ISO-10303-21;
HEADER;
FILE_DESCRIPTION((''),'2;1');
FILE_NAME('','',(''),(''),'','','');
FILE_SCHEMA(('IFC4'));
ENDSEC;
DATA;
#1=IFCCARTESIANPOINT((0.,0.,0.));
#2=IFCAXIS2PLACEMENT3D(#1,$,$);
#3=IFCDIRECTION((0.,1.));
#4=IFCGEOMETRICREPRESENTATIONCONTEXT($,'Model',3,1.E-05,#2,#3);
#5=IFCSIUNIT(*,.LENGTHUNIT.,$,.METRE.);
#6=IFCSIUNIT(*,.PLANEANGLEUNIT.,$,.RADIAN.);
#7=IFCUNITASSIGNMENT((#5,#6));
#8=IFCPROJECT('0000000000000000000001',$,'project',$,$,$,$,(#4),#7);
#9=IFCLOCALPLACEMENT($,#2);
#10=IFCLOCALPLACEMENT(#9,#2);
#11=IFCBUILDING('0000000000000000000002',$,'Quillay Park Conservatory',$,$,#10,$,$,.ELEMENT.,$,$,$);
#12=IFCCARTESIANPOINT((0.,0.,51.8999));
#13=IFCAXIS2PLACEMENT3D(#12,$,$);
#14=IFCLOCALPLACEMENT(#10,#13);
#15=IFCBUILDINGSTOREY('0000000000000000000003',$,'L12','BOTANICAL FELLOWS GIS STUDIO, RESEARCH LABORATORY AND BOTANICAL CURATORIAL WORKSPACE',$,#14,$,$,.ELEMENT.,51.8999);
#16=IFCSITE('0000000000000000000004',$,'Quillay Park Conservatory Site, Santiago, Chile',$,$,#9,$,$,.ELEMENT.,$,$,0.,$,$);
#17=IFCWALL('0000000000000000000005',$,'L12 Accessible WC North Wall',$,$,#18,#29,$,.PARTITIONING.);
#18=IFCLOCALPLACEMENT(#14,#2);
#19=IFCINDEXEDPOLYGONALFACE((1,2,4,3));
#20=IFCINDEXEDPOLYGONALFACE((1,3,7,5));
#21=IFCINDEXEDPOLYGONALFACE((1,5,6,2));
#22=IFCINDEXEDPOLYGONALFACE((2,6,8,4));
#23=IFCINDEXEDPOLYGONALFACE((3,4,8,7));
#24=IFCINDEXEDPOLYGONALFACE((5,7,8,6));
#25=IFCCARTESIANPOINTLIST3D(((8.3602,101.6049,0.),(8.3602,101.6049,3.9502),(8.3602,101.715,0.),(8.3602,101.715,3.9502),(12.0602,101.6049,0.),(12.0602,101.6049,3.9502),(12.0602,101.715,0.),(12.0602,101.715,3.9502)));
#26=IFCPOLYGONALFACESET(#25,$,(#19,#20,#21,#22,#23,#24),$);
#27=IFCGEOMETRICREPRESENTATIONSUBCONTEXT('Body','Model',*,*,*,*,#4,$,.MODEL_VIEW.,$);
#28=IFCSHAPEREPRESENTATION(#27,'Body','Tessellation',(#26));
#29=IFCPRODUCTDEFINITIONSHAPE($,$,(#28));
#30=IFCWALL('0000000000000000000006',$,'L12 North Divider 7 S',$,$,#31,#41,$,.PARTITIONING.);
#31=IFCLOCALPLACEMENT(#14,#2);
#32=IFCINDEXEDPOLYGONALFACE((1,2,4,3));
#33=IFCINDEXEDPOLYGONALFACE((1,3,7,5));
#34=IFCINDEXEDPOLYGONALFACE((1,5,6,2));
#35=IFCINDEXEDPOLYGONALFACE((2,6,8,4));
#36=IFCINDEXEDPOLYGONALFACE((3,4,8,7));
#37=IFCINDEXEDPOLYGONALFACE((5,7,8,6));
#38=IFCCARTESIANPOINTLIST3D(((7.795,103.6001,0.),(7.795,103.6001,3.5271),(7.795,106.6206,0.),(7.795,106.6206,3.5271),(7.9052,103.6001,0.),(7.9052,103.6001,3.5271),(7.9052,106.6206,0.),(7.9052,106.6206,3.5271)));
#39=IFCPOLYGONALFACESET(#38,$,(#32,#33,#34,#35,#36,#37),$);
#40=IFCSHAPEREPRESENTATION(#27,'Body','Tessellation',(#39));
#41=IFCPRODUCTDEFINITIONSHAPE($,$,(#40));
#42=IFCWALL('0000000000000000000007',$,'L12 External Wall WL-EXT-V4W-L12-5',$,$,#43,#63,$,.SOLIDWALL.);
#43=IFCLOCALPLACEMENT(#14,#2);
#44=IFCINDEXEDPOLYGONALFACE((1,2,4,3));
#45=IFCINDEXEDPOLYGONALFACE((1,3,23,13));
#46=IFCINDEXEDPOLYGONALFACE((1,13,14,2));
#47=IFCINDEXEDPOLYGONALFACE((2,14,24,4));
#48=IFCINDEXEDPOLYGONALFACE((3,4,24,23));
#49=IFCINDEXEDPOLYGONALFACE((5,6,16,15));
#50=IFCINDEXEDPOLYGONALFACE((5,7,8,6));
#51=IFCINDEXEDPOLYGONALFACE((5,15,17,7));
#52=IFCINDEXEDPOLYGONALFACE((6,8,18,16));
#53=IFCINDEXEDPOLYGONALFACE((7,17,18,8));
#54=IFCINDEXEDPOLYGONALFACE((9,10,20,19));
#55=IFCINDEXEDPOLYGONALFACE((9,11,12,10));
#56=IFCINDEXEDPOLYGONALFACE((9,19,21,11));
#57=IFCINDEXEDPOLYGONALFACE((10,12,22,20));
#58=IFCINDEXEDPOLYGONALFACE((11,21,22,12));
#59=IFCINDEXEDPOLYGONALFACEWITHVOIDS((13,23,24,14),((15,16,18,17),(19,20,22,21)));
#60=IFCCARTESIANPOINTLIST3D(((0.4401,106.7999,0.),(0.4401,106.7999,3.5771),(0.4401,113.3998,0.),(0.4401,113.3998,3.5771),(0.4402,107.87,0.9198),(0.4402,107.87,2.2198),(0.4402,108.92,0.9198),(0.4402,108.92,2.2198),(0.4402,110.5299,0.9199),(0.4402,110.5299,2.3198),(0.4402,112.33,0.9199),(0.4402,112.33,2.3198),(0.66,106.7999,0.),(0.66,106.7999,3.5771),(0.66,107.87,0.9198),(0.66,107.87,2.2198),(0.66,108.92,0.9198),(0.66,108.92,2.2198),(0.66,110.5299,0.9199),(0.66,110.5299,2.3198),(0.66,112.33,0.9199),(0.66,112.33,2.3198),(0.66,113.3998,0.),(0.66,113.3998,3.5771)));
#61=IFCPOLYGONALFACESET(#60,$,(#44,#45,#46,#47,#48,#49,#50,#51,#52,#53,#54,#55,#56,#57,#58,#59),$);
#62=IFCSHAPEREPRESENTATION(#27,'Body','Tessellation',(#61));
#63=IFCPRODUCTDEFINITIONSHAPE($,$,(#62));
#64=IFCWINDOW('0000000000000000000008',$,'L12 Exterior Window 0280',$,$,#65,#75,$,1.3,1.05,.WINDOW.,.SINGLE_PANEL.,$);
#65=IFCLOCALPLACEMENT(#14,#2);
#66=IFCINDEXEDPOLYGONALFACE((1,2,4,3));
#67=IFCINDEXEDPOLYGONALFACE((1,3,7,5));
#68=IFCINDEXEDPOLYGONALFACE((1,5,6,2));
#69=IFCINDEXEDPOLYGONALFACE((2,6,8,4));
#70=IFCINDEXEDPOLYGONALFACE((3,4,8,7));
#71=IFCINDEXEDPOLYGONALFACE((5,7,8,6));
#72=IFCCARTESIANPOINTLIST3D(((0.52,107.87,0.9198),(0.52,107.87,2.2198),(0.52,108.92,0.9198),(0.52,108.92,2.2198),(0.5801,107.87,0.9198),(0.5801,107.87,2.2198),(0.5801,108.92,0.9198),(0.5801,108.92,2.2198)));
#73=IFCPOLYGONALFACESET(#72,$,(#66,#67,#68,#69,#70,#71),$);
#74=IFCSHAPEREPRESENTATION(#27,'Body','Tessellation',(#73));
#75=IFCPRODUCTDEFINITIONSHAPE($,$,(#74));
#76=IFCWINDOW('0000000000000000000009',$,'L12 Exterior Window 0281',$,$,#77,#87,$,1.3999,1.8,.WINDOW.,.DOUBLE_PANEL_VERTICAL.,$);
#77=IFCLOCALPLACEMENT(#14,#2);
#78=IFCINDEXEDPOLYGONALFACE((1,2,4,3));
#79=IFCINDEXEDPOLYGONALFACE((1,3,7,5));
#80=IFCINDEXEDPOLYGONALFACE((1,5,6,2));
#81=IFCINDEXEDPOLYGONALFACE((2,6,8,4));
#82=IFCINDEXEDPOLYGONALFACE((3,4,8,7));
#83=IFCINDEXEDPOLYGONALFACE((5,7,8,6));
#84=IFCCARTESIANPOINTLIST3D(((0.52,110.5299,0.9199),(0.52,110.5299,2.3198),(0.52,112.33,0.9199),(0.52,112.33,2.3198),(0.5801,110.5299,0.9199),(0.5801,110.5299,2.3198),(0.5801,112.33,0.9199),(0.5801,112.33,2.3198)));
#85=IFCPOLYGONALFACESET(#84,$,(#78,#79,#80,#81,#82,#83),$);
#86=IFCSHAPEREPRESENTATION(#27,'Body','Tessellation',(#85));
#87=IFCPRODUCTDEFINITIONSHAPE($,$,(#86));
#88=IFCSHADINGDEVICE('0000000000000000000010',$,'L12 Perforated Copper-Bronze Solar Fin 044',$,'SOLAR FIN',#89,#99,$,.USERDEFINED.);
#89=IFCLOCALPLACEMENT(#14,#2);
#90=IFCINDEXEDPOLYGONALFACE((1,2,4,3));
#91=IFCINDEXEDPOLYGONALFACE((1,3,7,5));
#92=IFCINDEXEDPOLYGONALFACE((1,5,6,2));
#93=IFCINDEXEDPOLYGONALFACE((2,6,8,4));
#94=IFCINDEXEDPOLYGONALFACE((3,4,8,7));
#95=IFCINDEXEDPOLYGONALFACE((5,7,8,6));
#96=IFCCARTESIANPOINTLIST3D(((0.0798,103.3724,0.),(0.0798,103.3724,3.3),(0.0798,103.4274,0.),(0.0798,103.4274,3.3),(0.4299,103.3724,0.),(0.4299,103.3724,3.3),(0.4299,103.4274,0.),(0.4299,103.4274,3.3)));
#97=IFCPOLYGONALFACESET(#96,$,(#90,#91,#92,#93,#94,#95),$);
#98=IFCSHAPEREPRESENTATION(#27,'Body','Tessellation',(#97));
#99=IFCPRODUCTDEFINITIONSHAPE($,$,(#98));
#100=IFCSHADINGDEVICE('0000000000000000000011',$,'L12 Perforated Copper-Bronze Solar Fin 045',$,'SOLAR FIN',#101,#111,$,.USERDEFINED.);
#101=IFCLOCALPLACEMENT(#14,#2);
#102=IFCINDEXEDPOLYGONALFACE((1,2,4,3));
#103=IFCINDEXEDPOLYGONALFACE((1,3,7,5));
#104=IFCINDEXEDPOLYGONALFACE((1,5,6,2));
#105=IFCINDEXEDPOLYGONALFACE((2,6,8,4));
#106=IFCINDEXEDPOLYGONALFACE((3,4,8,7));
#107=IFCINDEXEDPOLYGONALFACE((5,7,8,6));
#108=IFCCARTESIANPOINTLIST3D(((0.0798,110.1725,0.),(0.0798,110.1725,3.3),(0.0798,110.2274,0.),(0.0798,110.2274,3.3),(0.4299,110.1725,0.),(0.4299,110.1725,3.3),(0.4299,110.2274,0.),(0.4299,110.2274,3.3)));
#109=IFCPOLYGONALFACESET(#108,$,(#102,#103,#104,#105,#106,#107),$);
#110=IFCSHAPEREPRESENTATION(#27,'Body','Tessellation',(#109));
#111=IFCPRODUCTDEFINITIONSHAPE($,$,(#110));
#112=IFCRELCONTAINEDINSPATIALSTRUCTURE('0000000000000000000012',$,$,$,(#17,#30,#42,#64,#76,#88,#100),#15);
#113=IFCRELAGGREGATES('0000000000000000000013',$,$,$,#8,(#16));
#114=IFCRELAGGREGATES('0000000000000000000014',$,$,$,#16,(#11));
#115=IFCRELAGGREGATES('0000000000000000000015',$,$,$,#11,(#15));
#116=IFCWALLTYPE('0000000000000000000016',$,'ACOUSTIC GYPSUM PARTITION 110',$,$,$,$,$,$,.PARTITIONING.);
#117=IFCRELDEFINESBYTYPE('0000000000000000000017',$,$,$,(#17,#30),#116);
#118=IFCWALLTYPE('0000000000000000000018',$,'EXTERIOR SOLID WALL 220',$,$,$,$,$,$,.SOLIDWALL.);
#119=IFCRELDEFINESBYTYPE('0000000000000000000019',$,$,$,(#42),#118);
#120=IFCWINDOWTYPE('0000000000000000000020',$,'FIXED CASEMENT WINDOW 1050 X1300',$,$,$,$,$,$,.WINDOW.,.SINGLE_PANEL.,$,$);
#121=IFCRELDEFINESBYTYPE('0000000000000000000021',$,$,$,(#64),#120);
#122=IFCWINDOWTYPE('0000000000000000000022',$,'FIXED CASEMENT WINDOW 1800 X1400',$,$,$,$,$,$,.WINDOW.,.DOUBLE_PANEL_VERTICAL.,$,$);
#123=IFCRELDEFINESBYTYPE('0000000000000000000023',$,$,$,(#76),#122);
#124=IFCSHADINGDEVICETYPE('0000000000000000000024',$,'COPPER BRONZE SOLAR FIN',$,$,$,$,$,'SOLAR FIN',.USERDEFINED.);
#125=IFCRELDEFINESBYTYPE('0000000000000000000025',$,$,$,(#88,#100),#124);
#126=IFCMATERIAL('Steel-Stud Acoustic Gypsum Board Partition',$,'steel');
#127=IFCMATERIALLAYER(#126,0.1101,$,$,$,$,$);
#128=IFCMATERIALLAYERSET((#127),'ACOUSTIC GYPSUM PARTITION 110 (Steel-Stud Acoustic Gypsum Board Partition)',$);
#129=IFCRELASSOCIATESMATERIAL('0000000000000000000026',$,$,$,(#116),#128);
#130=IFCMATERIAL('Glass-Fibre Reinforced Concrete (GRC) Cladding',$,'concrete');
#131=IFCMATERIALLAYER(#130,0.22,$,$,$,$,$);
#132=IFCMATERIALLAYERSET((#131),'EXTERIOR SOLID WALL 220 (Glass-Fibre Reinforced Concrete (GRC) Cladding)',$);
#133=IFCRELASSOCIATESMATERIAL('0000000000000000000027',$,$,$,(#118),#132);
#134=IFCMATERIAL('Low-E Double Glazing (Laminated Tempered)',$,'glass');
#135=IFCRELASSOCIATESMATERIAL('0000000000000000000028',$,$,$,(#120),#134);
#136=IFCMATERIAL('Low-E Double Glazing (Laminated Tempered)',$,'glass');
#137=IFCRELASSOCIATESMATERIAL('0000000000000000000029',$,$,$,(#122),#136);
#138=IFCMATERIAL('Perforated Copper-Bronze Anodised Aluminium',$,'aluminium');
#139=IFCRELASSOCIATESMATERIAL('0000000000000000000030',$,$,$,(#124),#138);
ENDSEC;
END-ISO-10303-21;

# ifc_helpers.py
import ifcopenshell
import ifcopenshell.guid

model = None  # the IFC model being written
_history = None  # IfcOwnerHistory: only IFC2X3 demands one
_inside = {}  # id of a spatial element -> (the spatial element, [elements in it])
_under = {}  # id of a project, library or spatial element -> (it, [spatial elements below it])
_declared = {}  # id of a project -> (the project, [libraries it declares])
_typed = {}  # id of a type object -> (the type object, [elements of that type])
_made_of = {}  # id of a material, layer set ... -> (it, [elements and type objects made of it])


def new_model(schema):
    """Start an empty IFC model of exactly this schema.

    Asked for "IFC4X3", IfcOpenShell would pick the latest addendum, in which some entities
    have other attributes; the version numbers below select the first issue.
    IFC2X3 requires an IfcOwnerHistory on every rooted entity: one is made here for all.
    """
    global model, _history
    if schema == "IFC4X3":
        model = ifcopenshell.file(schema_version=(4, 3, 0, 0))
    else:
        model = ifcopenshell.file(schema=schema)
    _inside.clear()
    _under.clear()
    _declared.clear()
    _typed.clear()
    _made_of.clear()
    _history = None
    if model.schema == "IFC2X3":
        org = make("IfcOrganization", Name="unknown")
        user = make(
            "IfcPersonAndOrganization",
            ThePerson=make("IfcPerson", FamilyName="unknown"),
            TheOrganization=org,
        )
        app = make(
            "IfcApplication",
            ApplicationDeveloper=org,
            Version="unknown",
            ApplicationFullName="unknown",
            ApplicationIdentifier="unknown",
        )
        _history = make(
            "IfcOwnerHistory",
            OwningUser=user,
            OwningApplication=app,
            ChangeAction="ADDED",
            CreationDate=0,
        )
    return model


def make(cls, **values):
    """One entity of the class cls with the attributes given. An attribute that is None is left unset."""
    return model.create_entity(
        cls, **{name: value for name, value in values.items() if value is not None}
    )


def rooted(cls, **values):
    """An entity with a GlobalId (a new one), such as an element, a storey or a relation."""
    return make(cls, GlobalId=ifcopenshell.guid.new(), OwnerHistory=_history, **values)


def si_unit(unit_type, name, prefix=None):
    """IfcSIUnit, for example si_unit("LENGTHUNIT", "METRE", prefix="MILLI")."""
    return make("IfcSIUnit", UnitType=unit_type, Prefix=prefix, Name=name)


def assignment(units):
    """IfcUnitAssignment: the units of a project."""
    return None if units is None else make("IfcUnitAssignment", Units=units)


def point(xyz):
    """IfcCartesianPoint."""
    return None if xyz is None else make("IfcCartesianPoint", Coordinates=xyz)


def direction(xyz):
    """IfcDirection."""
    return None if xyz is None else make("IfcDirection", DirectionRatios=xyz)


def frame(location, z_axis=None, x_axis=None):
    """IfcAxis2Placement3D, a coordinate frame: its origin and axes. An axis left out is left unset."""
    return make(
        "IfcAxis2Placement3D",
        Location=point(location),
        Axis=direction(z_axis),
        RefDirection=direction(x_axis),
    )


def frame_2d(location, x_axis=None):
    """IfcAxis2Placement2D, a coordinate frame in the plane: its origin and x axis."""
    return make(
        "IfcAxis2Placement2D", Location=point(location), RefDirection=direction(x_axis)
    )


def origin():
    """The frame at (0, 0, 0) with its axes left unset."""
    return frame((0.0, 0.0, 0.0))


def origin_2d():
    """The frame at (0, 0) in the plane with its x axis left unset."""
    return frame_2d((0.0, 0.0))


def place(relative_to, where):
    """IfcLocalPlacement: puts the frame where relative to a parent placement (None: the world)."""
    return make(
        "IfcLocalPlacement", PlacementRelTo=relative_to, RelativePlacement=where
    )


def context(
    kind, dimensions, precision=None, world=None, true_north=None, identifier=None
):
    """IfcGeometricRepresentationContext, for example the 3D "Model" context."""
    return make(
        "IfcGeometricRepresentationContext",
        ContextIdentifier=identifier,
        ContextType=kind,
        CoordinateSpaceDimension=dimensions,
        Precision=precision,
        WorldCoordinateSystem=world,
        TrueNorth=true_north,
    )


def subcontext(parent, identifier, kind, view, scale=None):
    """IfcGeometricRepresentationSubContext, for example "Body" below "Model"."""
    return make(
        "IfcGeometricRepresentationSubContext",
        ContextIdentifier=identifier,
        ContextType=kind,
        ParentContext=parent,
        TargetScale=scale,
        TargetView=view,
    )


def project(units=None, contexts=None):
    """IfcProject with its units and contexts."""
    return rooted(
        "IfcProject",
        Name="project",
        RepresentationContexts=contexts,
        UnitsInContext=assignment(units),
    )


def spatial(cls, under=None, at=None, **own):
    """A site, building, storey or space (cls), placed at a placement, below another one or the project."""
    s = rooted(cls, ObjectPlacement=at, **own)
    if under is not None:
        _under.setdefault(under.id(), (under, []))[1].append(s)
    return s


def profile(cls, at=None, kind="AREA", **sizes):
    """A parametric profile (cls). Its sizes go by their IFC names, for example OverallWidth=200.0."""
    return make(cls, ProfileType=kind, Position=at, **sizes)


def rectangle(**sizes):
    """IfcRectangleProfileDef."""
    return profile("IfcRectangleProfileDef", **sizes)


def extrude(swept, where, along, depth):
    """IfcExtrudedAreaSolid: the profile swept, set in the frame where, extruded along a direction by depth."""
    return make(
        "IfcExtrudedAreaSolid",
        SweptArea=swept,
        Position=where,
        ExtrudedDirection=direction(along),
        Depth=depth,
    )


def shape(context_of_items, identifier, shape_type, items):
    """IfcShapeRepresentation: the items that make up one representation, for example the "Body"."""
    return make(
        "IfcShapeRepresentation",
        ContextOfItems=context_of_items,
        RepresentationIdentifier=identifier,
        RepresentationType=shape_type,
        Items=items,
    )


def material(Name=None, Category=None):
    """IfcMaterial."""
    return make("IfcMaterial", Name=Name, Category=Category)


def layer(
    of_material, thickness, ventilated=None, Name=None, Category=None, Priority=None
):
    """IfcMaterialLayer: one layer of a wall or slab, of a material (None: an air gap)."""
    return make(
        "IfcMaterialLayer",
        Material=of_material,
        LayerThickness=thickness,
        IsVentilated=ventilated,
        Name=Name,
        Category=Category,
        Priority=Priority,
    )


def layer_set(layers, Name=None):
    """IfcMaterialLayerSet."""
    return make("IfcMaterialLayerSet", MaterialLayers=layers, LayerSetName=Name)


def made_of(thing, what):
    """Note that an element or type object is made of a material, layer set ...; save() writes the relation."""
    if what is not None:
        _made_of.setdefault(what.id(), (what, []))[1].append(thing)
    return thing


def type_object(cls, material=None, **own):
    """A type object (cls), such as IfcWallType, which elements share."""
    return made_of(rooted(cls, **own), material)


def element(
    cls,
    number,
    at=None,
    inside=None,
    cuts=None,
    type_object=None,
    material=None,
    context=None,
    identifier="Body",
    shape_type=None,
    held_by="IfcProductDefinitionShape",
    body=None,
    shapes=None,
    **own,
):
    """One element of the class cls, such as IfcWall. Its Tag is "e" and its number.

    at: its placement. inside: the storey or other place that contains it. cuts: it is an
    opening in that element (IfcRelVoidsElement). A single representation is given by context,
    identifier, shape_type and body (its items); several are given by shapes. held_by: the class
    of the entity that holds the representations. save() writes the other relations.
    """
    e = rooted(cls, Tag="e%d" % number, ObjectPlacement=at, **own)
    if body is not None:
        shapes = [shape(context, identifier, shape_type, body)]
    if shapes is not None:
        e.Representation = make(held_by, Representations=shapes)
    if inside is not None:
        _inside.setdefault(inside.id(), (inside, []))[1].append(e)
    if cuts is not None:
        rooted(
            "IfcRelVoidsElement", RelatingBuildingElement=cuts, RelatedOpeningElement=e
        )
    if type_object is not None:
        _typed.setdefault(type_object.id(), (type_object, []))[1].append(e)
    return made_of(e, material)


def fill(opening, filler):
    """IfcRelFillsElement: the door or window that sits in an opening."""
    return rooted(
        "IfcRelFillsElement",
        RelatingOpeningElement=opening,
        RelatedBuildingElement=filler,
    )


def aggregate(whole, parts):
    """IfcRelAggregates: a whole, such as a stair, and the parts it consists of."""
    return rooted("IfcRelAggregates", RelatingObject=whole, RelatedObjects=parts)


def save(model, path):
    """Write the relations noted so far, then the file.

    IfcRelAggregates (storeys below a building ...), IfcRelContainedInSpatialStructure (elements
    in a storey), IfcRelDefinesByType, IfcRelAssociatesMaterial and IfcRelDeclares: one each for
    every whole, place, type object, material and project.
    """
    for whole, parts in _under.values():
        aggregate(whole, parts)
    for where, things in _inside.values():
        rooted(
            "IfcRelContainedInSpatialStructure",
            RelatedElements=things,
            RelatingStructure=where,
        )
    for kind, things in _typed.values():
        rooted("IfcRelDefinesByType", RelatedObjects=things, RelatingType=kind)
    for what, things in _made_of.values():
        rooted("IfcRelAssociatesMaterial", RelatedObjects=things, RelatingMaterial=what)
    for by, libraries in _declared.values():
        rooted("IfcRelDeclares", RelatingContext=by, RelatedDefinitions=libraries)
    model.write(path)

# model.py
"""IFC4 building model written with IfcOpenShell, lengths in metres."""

from ifc_helpers import new_model, si_unit, direction, frame, frame_2d, origin, origin_2d, place, context, subcontext, project, spatial, rectangle, extrude, material, layer, layer_set, type_object, element, fill, save


model = new_model("IFC4")

# Units and contexts
model_context = context("Model", 3, precision=1e-05, world=origin(), true_north=direction((0.0, 1.0)))
body_context = subcontext(model_context, "Body", "Model", "MODEL_VIEW")
ifc_project = project(units=[si_unit("LENGTHUNIT", "METRE"), si_unit("PLANEANGLEUNIT", "RADIAN")], contexts=[model_context])

# Site, building, storey
site_placement = place(None, origin())
site = spatial("IfcSite", under=ifc_project, at=site_placement, Name="Quillay Park Conservatory Site, Santiago, Chile", CompositionType="ELEMENT", RefElevation=0.0)
building_placement = place(site_placement, origin())
building = spatial("IfcBuilding", under=site, at=building_placement, Name="Quillay Park Conservatory", CompositionType="ELEMENT")
storey_placement = place(building_placement, frame((0.0, 0.0, 51.8999)))
storey = spatial("IfcBuildingStorey", under=building, at=storey_placement, Name="L12", Description="BOTANICAL FELLOWS GIS STUDIO, RESEARCH LABORATORY AND BOTANICAL CURATORIAL WORKSPACE", CompositionType="ELEMENT", Elevation=51.8999)

# Walls
ifc_material_1 = material(Name="Steel-Stud Acoustic Gypsum Board Partition", Category="steel")
ifc_layer_1 = layer(ifc_material_1, 0.1101)
ifc_layer_set_1 = layer_set([ifc_layer_1], Name="ACOUSTIC GYPSUM PARTITION 110 (Steel-Stud Acoustic Gypsum Board Partition)")
wall_type_1 = type_object("IfcWallType", Name="ACOUSTIC GYPSUM PARTITION 110", PredefinedType="PARTITIONING", material=ifc_layer_set_1)
wall_1_placement = place(storey_placement, frame((8.3601, 101.6599, 0.0), z_axis=(0.0, 0.0, 1.0), x_axis=(1.0, 0.0, 0.0)))
element("IfcWall", 1, at=wall_1_placement, inside=storey, type_object=wall_type_1, Name="L12 Accessible WC North Wall", PredefinedType="PARTITIONING", context=body_context, shape_type="SweptSolid", body=[
    extrude(rectangle(XDim=3.7, YDim=0.1101, at=frame_2d((1.8501, 0.0))), origin(), (0.0, 0.0, 1.0), 3.9502),
])
wall_2_placement = place(storey_placement, frame((7.8501, 106.6206, 0.0), z_axis=(0.0, 0.0, 1.0), x_axis=(0.0, -1.0, 0.0)))
element("IfcWall", 2, at=wall_2_placement, inside=storey, type_object=wall_type_1, Name="L12 North Divider 7 S", PredefinedType="PARTITIONING", context=body_context, shape_type="SweptSolid", body=[
    extrude(rectangle(XDim=3.0205, YDim=0.1101, at=frame_2d((1.5103, 0.0))), origin(), (0.0, 0.0, 1.0), 3.5271),
])

# Wall, openings, windows
ifc_material_2 = material(Name="Glass-Fibre Reinforced Concrete (GRC) Cladding", Category="concrete")
ifc_layer_2 = layer(ifc_material_2, 0.22)
ifc_layer_set_2 = layer_set([ifc_layer_2], Name="EXTERIOR SOLID WALL 220 (Glass-Fibre Reinforced Concrete (GRC) Cladding)")
wall_type_2 = type_object("IfcWallType", Name="EXTERIOR SOLID WALL 220", PredefinedType="SOLIDWALL", material=ifc_layer_set_2)
wall_3_placement = place(storey_placement, frame((0.55, 106.8, 0.0), z_axis=(0.0, 0.0, 1.0), x_axis=(0.0, 1.0, 0.0)))
wall_3 = element("IfcWall", 3, at=wall_3_placement, inside=storey, type_object=wall_type_2, Name="L12 External Wall WL-EXT-V4W-L12-5", PredefinedType="SOLIDWALL", context=body_context, shape_type="SweptSolid", body=[
    extrude(rectangle(XDim=6.5999, YDim=0.22, at=frame_2d((3.2998, 0.0))), origin(), (0.0, 0.0, 1.0), 3.5771),
])
opening_1_placement = place(wall_3_placement, frame((1.0701, 0.0, 0.9199)))
opening_1 = element("IfcOpeningElement", 4, at=opening_1_placement, cuts=wall_3, PredefinedType="OPENING", context=body_context, shape_type="SweptSolid", body=[
    extrude(rectangle(XDim=1.05, YDim=1.3, at=frame_2d((0.5249, 0.6499))), frame((0.0, 0.1099, 0.0), z_axis=(0.0, -1.0, 0.0), x_axis=(1.0, 0.0, 0.0)), (0.0, 0.0, 1.0), 0.22),
])
opening_2_placement = place(wall_3_placement, frame((3.73, 0.0, 0.9199)))
opening_2 = element("IfcOpeningElement", 5, at=opening_2_placement, cuts=wall_3, PredefinedType="OPENING", context=body_context, shape_type="SweptSolid", body=[
    extrude(rectangle(XDim=1.8, YDim=1.3999, at=frame_2d((0.8999, 0.7))), frame((0.0, 0.1099, 0.0), z_axis=(0.0, -1.0, 0.0), x_axis=(1.0, 0.0, 0.0)), (0.0, 0.0, 1.0), 0.22),
])
ifc_material_3 = material(Name="Low-E Double Glazing (Laminated Tempered)", Category="glass")
window_type_1 = type_object("IfcWindowType", Name="FIXED CASEMENT WINDOW 1050 X1300", PartitioningType="SINGLE_PANEL", PredefinedType="WINDOW", material=ifc_material_3)
window_1_placement = place(opening_1_placement, origin())
window_1 = element("IfcWindow", 6, at=window_1_placement, inside=storey, type_object=window_type_1, Name="L12 Exterior Window 0280", OverallHeight=1.3, OverallWidth=1.05, PartitioningType="SINGLE_PANEL", PredefinedType="WINDOW", context=body_context, shape_type="SweptSolid", body=[
    extrude(rectangle(XDim=1.05, YDim=1.3, at=frame_2d((0.5249, 0.6499))), frame((0.0, 0.03, 0.0), z_axis=(0.0, -1.0, 0.0), x_axis=(1.0, 0.0, 0.0)), (0.0, 0.0, 1.0), 0.0601),
])
fill(opening_1, window_1)
ifc_material_4 = material(Name="Low-E Double Glazing (Laminated Tempered)", Category="glass")
window_type_2 = type_object("IfcWindowType", Name="FIXED CASEMENT WINDOW 1800 X1400", PartitioningType="DOUBLE_PANEL_VERTICAL", PredefinedType="WINDOW", material=ifc_material_4)
window_2_placement = place(opening_2_placement, origin())
window_2 = element("IfcWindow", 7, at=window_2_placement, inside=storey, type_object=window_type_2, Name="L12 Exterior Window 0281", OverallHeight=1.3999, OverallWidth=1.8, PartitioningType="DOUBLE_PANEL_VERTICAL", PredefinedType="WINDOW", context=body_context, shape_type="SweptSolid", body=[
    extrude(rectangle(XDim=1.8, YDim=1.3999, at=frame_2d((0.8999, 0.7))), frame((0.0, 0.03, 0.0), z_axis=(0.0, -1.0, 0.0), x_axis=(1.0, 0.0, 0.0)), (0.0, 0.0, 1.0), 0.0601),
])
fill(opening_2, window_2)

# Shading devices
ifc_material_5 = material(Name="Perforated Copper-Bronze Anodised Aluminium", Category="aluminium")
shading_device_type = type_object("IfcShadingDeviceType", Name="COPPER BRONZE SOLAR FIN", ElementType="SOLAR FIN", PredefinedType="USERDEFINED", material=ifc_material_5)
for number, where, z_axis, x_axis, name in (
    (8, (0.2549, 103.3999, 0.0), (0.0, 0.0, 1.0), (1.0, 0.0, 0.0), "L12 Perforated Copper-Bronze Solar Fin 044"),
    (9, (0.2549, 110.2, 0.0), (0.0, 0.0, 1.0), (1.0, 0.0, 0.0), "L12 Perforated Copper-Bronze Solar Fin 045"),
):
    element("IfcShadingDevice", number, at=place(storey_placement, frame(where, z_axis=z_axis, x_axis=x_axis)), inside=storey, type_object=shading_device_type, Name=name, ObjectType="SOLAR FIN", PredefinedType="USERDEFINED", context=body_context, shape_type="SweptSolid", body=[
        extrude(rectangle(XDim=0.3501, YDim=0.0549, at=origin_2d()), origin(), (0.0, 0.0, 1.0), 3.3),
    ])

save(model, "model.ifc")
